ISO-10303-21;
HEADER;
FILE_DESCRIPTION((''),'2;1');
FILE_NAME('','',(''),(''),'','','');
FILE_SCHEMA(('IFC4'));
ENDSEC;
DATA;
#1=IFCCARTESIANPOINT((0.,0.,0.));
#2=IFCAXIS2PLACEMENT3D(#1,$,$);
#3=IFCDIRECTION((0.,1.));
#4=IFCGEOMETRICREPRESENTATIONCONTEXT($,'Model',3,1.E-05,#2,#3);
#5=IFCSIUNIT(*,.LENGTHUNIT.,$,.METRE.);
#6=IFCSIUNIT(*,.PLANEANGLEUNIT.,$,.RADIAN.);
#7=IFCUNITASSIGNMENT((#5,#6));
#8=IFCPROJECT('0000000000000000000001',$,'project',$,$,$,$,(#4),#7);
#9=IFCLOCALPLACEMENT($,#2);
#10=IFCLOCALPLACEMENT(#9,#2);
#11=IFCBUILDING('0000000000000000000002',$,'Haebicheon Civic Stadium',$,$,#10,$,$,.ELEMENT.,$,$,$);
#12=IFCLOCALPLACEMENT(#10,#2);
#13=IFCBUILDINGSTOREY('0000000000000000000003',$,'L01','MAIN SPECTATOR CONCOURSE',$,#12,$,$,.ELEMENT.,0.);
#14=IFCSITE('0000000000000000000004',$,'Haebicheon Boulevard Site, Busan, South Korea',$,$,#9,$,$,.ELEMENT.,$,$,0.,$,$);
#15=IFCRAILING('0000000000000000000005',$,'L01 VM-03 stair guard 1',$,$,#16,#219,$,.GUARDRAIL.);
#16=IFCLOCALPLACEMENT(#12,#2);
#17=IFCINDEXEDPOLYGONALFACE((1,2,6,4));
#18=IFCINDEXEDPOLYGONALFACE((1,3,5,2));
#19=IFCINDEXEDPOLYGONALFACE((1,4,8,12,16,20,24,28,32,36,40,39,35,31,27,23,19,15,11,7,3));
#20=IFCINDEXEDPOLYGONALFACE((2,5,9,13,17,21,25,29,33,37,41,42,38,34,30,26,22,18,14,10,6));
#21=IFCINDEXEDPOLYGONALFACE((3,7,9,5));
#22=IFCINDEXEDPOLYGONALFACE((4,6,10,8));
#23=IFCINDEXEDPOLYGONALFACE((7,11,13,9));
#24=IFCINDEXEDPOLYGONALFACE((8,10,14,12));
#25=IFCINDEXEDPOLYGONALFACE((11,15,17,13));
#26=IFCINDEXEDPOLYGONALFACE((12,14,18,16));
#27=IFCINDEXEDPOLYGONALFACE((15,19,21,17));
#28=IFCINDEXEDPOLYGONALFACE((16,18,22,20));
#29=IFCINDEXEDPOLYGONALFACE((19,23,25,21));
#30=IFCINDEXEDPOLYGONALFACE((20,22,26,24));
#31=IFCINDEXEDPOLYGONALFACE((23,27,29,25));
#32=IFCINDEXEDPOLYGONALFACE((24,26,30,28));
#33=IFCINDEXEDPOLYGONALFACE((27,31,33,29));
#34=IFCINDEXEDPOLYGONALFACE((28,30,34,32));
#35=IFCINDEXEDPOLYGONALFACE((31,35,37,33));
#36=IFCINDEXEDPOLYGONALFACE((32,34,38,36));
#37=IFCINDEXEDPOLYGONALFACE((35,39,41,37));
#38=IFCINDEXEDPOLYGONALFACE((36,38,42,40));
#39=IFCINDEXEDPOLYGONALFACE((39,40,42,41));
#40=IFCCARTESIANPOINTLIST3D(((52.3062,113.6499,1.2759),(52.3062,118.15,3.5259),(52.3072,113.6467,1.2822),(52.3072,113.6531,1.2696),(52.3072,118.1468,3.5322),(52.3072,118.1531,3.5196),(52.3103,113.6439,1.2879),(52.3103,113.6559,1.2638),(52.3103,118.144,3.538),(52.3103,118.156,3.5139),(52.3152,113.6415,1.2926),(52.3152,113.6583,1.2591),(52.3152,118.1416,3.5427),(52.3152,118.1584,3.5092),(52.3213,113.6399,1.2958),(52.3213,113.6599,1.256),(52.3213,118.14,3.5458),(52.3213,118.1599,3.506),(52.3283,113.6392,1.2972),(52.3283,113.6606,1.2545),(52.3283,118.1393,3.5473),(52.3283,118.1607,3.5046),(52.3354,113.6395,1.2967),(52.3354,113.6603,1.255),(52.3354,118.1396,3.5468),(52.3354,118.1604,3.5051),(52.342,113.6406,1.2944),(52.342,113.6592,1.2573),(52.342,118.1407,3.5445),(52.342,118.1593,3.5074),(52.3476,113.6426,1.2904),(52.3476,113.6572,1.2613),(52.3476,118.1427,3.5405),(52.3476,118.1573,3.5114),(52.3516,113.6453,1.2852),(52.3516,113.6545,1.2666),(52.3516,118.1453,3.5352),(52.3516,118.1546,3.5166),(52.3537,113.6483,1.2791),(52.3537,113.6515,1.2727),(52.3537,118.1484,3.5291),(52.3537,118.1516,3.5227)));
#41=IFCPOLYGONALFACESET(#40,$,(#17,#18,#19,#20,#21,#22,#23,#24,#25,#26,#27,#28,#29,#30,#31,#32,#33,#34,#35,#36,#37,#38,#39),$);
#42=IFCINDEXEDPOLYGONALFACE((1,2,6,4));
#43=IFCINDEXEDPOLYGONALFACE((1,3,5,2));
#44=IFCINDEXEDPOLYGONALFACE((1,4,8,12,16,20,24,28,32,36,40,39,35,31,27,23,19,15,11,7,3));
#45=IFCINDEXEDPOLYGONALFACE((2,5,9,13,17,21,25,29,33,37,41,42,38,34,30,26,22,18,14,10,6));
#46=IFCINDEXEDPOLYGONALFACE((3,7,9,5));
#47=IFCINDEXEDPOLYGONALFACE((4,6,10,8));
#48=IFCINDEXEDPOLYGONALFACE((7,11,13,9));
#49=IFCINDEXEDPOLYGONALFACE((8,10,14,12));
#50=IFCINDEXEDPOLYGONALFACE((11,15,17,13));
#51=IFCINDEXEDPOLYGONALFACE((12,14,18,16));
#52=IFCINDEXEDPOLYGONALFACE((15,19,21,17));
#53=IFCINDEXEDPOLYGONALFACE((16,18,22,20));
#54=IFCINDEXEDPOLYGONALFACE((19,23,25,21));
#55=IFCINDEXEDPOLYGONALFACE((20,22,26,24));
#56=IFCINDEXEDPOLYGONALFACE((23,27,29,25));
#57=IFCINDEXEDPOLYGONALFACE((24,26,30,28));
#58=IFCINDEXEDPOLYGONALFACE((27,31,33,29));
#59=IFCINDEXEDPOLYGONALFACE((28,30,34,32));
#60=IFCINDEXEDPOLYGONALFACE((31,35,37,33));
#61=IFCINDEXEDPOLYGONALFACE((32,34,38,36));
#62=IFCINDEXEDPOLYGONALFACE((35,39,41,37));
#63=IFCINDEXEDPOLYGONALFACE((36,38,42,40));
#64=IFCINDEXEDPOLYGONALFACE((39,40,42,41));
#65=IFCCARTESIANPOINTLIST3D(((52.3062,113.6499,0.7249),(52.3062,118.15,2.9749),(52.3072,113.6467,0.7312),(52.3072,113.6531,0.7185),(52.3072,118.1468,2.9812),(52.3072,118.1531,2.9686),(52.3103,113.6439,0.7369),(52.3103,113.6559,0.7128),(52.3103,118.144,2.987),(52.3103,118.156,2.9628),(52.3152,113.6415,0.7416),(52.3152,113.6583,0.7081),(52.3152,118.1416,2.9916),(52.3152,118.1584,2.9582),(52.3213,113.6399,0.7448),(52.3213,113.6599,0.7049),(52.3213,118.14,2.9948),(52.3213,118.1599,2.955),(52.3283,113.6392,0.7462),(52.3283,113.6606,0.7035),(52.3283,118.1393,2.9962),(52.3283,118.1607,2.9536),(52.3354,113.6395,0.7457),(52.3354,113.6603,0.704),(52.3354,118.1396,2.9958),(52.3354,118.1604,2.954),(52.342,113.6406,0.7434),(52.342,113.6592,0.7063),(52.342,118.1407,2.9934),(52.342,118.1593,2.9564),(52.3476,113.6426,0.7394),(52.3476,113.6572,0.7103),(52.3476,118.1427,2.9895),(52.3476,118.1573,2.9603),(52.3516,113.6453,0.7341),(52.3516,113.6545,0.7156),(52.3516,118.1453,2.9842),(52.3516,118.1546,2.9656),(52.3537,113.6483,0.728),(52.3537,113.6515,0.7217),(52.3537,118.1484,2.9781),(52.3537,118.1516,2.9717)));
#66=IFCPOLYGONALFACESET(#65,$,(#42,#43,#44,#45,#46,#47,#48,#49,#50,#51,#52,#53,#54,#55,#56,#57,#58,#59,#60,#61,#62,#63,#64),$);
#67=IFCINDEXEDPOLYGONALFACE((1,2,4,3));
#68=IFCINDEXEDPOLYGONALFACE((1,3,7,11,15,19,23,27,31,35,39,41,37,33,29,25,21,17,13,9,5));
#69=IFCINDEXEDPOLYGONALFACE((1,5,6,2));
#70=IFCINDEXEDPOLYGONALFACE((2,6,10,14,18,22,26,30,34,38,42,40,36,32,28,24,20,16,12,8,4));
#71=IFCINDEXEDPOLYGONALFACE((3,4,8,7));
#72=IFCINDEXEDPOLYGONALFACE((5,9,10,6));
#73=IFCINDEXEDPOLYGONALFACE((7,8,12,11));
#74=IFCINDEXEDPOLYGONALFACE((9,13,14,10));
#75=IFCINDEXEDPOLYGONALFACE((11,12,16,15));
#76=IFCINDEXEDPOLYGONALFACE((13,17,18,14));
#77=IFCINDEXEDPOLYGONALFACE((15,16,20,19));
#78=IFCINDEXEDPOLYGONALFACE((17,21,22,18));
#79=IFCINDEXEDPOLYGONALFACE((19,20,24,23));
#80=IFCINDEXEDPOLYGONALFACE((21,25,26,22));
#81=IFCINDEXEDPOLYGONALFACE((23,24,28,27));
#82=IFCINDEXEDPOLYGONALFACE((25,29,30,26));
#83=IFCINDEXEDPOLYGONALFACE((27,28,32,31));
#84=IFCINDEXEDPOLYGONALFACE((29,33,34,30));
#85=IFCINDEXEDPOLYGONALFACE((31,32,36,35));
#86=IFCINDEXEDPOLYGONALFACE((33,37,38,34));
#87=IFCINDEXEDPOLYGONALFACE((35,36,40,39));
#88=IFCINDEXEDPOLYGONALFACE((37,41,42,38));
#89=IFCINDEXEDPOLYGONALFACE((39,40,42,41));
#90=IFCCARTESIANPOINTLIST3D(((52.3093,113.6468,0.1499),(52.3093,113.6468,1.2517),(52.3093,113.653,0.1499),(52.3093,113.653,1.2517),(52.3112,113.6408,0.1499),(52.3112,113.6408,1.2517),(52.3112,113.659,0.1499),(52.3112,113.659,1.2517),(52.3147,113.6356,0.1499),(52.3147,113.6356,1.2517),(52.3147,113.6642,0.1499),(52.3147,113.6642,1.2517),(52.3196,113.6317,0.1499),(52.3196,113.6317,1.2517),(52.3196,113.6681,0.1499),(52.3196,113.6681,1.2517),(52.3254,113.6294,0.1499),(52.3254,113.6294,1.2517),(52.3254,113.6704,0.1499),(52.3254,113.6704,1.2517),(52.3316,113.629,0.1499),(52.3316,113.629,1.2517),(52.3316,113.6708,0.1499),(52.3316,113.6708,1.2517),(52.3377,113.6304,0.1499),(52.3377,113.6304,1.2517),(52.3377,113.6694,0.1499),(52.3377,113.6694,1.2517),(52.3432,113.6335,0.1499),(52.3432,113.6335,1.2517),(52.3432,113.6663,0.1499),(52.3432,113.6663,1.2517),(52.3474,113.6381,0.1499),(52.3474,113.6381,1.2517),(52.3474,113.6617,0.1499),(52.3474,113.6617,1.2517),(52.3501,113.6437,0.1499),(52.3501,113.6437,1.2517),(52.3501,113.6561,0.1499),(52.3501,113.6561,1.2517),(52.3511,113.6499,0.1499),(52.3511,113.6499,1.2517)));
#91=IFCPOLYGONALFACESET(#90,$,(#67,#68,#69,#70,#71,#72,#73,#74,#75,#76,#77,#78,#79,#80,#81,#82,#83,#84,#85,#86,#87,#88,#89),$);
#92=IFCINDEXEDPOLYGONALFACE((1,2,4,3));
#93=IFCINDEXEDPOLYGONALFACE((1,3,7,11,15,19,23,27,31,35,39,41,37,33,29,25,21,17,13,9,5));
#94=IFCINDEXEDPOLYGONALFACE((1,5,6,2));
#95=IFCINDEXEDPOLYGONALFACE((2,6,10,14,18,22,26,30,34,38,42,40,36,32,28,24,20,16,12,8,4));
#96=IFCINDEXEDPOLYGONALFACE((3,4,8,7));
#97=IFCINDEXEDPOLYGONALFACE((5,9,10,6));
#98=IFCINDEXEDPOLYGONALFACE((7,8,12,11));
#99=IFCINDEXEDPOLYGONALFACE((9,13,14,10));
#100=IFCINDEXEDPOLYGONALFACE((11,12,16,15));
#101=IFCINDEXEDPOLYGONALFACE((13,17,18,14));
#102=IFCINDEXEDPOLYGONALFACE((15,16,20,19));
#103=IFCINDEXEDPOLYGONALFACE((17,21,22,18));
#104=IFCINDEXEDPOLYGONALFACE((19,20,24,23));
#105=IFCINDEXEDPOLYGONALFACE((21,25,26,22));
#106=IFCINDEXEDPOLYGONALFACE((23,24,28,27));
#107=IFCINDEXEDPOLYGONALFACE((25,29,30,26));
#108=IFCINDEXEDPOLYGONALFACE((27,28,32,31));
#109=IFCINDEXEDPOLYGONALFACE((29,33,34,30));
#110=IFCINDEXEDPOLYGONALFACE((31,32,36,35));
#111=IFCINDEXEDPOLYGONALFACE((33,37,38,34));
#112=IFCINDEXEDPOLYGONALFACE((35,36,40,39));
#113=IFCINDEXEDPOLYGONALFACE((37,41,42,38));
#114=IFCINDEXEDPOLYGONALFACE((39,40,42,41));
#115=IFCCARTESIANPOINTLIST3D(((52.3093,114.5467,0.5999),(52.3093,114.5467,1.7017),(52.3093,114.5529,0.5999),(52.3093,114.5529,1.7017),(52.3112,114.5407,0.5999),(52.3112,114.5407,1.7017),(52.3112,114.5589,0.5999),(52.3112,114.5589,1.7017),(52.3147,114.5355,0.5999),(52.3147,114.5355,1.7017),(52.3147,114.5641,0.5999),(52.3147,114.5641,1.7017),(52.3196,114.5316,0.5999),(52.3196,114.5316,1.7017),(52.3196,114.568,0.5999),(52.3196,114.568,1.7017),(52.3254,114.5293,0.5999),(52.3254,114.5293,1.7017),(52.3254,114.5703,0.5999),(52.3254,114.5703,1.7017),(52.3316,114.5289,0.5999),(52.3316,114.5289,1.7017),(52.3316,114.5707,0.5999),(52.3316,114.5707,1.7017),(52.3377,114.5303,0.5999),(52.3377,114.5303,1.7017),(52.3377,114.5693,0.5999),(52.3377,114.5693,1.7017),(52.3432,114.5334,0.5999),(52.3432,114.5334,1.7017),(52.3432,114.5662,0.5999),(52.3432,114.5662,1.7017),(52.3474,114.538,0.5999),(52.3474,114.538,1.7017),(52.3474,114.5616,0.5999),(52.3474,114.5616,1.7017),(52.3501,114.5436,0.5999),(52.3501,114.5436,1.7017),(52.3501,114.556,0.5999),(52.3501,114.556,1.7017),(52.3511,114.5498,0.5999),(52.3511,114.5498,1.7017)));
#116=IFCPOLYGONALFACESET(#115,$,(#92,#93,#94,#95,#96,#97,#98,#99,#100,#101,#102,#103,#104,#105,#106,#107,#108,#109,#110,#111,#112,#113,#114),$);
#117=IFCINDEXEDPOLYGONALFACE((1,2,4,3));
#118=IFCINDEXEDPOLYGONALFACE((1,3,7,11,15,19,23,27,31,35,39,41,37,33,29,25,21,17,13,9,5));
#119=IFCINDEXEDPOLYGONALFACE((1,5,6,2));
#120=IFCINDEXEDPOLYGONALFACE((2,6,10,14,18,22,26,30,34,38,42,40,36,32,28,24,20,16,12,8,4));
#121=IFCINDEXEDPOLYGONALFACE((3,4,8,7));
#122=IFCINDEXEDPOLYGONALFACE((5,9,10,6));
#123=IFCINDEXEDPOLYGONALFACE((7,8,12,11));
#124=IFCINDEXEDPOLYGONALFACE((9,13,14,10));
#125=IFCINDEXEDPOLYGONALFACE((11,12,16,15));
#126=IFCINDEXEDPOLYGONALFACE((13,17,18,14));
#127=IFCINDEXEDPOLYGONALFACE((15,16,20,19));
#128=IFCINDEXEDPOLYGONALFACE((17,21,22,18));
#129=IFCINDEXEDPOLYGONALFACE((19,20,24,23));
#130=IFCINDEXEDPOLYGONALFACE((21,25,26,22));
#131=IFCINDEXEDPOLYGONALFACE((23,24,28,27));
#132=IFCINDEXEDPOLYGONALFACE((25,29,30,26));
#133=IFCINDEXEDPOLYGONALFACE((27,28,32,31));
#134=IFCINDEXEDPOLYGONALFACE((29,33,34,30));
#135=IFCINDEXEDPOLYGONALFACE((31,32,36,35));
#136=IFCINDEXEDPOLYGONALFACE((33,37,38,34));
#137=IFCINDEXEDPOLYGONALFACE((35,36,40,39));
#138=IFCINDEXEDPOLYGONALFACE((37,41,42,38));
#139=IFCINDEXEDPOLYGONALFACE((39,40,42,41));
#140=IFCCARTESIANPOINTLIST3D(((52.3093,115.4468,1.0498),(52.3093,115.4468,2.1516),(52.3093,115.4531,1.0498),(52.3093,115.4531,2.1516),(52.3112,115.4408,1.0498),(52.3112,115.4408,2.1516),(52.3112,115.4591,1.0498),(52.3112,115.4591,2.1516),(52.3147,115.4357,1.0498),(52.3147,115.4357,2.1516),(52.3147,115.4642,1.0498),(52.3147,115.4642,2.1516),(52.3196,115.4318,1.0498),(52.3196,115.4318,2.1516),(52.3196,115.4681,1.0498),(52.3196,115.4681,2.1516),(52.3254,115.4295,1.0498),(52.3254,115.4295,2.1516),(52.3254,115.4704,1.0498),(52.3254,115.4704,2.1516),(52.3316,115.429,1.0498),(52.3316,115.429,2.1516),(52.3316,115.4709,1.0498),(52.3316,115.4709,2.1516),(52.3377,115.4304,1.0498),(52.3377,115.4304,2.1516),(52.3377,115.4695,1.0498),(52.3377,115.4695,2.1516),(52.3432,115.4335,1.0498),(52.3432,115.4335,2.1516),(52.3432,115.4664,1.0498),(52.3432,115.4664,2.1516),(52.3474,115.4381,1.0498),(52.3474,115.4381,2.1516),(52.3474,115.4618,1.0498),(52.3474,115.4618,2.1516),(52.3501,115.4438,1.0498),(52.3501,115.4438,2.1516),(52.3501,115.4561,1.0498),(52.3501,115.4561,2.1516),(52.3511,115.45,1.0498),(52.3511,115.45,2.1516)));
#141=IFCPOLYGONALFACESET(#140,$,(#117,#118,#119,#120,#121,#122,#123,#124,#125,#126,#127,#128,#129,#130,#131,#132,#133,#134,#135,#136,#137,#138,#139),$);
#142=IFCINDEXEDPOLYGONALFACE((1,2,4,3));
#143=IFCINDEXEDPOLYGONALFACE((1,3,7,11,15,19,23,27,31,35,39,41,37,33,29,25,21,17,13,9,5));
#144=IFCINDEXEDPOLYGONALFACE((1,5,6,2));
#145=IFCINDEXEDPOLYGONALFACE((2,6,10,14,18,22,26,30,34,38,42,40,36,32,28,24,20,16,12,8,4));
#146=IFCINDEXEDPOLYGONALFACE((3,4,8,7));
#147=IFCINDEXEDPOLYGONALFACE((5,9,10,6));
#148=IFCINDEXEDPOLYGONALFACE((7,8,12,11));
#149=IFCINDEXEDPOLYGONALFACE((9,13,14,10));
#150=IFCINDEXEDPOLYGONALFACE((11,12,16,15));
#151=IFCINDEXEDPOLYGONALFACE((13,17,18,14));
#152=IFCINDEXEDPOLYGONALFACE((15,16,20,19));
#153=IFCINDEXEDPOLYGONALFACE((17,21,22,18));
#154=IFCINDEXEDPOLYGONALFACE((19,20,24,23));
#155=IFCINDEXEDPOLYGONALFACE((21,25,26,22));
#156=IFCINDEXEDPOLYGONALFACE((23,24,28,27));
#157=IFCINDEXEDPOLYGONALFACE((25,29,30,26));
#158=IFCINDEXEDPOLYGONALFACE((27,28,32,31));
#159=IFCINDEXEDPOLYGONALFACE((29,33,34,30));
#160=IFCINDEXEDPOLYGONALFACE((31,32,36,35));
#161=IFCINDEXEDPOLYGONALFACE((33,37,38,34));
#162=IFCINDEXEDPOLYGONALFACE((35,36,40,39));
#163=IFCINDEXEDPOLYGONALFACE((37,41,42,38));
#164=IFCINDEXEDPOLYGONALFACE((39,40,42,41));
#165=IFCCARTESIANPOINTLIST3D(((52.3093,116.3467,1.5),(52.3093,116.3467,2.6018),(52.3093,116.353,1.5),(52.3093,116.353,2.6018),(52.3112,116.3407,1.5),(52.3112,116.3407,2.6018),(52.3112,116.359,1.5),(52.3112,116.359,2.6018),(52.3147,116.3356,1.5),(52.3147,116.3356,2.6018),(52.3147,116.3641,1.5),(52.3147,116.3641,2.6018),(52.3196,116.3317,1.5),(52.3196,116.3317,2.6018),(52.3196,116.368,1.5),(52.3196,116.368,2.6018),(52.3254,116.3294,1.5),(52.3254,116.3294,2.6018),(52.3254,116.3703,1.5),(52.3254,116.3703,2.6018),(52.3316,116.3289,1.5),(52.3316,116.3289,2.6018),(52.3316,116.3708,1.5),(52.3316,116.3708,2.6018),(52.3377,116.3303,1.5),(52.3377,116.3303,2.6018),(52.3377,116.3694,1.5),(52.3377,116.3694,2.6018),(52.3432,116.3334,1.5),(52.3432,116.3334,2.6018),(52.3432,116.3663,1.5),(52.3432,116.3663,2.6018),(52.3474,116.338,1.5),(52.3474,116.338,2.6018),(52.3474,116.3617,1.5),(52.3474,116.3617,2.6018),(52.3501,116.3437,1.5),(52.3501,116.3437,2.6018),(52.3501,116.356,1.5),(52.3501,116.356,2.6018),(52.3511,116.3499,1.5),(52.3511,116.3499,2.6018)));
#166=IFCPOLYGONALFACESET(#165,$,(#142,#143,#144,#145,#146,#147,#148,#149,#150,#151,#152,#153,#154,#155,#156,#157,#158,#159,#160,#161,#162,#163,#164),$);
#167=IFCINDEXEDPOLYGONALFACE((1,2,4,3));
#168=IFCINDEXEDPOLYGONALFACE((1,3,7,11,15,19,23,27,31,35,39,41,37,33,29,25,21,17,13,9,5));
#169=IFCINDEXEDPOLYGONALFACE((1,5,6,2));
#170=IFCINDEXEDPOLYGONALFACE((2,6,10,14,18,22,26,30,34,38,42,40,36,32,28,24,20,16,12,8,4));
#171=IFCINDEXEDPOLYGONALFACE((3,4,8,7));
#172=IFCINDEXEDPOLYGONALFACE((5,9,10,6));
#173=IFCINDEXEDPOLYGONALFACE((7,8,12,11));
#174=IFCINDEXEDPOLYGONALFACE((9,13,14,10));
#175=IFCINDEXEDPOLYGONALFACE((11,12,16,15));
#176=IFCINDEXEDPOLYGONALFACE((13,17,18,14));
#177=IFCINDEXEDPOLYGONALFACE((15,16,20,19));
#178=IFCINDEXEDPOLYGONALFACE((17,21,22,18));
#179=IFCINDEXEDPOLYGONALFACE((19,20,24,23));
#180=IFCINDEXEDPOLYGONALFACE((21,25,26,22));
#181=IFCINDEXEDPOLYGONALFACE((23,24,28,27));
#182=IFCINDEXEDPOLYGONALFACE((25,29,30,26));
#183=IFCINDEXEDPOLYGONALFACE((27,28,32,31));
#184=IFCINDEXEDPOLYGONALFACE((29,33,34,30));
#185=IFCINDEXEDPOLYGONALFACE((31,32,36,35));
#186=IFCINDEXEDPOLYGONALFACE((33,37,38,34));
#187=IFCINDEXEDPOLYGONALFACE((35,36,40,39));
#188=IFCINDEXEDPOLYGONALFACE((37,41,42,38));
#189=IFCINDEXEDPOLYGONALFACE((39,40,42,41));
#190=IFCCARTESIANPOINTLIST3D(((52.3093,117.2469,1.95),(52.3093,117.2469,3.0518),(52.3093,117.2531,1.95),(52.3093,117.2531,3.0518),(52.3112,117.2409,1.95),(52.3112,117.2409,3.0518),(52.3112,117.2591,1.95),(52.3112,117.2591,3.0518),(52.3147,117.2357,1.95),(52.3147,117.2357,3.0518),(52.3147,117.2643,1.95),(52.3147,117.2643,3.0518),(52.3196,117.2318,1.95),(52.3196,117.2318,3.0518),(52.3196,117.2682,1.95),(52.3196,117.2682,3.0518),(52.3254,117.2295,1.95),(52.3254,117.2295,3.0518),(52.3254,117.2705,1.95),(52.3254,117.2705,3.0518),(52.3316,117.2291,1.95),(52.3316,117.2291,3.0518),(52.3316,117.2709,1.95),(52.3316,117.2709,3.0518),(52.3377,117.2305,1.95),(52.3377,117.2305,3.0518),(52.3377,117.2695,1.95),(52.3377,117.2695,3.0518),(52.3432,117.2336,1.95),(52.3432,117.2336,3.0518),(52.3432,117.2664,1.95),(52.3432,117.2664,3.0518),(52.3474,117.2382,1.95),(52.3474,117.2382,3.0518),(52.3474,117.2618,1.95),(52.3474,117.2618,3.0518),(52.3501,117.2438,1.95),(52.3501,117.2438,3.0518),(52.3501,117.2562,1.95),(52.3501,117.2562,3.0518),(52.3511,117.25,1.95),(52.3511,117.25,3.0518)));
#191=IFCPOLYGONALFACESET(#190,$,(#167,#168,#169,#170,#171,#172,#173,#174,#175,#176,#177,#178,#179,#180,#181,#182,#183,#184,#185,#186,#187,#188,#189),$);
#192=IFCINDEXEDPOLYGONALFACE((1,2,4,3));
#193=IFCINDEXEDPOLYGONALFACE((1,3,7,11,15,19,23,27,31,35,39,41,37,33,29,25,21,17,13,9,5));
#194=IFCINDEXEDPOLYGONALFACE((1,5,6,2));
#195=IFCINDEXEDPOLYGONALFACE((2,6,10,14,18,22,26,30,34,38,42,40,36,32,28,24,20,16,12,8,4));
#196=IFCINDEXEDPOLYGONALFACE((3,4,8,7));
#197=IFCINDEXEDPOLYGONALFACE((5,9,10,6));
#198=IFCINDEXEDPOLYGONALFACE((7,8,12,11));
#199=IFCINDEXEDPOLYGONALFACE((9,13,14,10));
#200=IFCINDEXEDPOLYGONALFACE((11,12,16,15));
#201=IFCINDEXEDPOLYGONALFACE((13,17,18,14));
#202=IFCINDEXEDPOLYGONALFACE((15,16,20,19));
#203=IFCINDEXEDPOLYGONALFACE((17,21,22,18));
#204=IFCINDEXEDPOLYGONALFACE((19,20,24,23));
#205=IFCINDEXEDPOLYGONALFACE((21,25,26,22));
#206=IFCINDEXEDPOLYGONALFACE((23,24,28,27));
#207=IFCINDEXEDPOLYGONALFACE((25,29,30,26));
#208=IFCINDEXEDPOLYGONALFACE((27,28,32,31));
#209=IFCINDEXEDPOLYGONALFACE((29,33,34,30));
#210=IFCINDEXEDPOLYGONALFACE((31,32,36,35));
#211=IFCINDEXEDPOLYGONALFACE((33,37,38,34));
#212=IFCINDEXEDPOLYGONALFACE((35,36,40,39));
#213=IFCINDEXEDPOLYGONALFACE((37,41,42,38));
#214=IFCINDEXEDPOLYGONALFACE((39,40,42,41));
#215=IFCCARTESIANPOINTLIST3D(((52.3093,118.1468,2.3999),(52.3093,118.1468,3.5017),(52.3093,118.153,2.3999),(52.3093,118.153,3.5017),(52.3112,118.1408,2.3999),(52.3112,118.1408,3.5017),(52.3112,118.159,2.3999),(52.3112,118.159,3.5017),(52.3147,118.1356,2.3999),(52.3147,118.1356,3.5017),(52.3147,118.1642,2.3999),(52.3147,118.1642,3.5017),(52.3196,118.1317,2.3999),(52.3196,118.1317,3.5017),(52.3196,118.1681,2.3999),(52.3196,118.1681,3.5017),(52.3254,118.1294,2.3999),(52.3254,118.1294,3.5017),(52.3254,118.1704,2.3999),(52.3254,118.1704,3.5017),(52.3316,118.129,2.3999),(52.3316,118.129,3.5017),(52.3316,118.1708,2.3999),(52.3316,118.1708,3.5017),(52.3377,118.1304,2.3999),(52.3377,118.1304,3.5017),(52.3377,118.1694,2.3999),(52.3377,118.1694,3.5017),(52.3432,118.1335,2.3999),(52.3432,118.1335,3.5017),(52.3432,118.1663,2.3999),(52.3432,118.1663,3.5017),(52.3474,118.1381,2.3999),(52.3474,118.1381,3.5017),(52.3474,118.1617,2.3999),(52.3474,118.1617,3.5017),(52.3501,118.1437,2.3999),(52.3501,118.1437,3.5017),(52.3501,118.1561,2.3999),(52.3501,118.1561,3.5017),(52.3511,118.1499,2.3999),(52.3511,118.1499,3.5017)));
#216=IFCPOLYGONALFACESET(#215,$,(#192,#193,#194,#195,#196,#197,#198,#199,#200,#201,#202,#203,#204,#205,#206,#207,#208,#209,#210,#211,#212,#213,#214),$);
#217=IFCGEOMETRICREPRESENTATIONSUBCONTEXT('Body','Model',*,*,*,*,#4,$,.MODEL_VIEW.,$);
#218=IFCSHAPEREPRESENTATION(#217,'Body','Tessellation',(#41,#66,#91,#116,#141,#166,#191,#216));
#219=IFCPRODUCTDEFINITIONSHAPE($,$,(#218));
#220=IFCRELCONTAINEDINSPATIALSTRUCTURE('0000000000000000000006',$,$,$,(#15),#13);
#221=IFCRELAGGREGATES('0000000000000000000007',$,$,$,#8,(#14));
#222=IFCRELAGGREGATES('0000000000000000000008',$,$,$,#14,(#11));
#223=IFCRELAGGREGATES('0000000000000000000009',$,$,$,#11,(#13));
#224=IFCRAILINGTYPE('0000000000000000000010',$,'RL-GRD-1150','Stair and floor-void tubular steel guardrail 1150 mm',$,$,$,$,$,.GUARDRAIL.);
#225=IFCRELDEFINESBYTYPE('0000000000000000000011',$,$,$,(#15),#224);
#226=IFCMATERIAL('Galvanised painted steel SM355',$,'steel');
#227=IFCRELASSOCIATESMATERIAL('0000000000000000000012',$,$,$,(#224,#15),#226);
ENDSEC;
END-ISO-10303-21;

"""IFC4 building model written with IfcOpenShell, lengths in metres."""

from ifc_helpers import new_model, si_unit, direction, frame, origin, origin_2d, place, context, subcontext, project, spatial, circle, extrude, material, type_object, element, save


model = new_model("IFC4")

# Units and contexts
model_context = context("Model", 3, precision=1e-05, world=origin(), true_north=direction((0.0, 1.0)))
body_context = subcontext(model_context, "Body", "Model", "MODEL_VIEW")
ifc_project = project(units=[si_unit("LENGTHUNIT", "METRE"), si_unit("PLANEANGLEUNIT", "RADIAN")], contexts=[model_context])

# Site, building, storey
site_placement = place(None, origin())
site = spatial("IfcSite", under=ifc_project, at=site_placement, Name="Haebicheon Boulevard Site, Busan, South Korea", CompositionType="ELEMENT", RefElevation=0.0)
building_placement = place(site_placement, origin())
building = spatial("IfcBuilding", under=site, at=building_placement, Name="Haebicheon Civic Stadium", CompositionType="ELEMENT")
storey_placement = place(building_placement, origin())
storey = spatial("IfcBuildingStorey", under=building, at=storey_placement, Name="L01", Description="MAIN SPECTATOR CONCOURSE", CompositionType="ELEMENT", Elevation=0.0)

# Railing
ifc_material_1 = material(Name="Galvanised painted steel SM355", Category="steel")
railing_type = type_object("IfcRailingType", Name="RL-GRD-1150", Description="Stair and floor-void tubular steel guardrail 1150 mm", PredefinedType="GUARDRAIL", material=ifc_material_1)
railing_1_placement = place(storey_placement, frame((52.3301, 113.6499, 0.1499)))
element("IfcRailing", 1, at=railing_1_placement, inside=storey, type_object=railing_type, material=ifc_material_1, Name="L01 VM-03 stair guard 1", PredefinedType="GUARDRAIL", context=body_context, shape_type="SweptSolid", body=[
    extrude(circle(Radius=0.0239, at=origin_2d()), frame((0.0, 0.0, 1.126), z_axis=(0.0, 0.894427, 0.447214), x_axis=(-1.0, 0.0, 0.0)), (0.0, 0.0, 1.0), 5.0312),
    extrude(circle(Radius=0.0239, at=origin_2d()), frame((0.0, 0.0, 0.575), z_axis=(0.0, 0.894427, 0.447214), x_axis=(-1.0, 0.0, 0.0)), (0.0, 0.0, 1.0), 5.0312),
    extrude(circle(Radius=0.021, at=origin_2d()), origin(), (0.0, 0.0, 1.0), 1.1018),
    extrude(circle(Radius=0.021, at=origin_2d()), frame((0.0, 0.8999, 0.45)), (0.0, 0.0, 1.0), 1.1018),
    extrude(circle(Radius=0.021, at=origin_2d()), frame((0.0, 1.8, 0.8999)), (0.0, 0.0, 1.0), 1.1018),
    extrude(circle(Radius=0.021, at=origin_2d()), frame((0.0, 2.7, 1.3501)), (0.0, 0.0, 1.0), 1.1018),
    extrude(circle(Radius=0.021, at=origin_2d()), frame((0.0, 3.6001, 1.8)), (0.0, 0.0, 1.0), 1.1018),
    extrude(circle(Radius=0.021, at=origin_2d()), frame((0.0, 4.5, 2.25)), (0.0, 0.0, 1.0), 1.1018),
])

save(model, "model.ifc")
